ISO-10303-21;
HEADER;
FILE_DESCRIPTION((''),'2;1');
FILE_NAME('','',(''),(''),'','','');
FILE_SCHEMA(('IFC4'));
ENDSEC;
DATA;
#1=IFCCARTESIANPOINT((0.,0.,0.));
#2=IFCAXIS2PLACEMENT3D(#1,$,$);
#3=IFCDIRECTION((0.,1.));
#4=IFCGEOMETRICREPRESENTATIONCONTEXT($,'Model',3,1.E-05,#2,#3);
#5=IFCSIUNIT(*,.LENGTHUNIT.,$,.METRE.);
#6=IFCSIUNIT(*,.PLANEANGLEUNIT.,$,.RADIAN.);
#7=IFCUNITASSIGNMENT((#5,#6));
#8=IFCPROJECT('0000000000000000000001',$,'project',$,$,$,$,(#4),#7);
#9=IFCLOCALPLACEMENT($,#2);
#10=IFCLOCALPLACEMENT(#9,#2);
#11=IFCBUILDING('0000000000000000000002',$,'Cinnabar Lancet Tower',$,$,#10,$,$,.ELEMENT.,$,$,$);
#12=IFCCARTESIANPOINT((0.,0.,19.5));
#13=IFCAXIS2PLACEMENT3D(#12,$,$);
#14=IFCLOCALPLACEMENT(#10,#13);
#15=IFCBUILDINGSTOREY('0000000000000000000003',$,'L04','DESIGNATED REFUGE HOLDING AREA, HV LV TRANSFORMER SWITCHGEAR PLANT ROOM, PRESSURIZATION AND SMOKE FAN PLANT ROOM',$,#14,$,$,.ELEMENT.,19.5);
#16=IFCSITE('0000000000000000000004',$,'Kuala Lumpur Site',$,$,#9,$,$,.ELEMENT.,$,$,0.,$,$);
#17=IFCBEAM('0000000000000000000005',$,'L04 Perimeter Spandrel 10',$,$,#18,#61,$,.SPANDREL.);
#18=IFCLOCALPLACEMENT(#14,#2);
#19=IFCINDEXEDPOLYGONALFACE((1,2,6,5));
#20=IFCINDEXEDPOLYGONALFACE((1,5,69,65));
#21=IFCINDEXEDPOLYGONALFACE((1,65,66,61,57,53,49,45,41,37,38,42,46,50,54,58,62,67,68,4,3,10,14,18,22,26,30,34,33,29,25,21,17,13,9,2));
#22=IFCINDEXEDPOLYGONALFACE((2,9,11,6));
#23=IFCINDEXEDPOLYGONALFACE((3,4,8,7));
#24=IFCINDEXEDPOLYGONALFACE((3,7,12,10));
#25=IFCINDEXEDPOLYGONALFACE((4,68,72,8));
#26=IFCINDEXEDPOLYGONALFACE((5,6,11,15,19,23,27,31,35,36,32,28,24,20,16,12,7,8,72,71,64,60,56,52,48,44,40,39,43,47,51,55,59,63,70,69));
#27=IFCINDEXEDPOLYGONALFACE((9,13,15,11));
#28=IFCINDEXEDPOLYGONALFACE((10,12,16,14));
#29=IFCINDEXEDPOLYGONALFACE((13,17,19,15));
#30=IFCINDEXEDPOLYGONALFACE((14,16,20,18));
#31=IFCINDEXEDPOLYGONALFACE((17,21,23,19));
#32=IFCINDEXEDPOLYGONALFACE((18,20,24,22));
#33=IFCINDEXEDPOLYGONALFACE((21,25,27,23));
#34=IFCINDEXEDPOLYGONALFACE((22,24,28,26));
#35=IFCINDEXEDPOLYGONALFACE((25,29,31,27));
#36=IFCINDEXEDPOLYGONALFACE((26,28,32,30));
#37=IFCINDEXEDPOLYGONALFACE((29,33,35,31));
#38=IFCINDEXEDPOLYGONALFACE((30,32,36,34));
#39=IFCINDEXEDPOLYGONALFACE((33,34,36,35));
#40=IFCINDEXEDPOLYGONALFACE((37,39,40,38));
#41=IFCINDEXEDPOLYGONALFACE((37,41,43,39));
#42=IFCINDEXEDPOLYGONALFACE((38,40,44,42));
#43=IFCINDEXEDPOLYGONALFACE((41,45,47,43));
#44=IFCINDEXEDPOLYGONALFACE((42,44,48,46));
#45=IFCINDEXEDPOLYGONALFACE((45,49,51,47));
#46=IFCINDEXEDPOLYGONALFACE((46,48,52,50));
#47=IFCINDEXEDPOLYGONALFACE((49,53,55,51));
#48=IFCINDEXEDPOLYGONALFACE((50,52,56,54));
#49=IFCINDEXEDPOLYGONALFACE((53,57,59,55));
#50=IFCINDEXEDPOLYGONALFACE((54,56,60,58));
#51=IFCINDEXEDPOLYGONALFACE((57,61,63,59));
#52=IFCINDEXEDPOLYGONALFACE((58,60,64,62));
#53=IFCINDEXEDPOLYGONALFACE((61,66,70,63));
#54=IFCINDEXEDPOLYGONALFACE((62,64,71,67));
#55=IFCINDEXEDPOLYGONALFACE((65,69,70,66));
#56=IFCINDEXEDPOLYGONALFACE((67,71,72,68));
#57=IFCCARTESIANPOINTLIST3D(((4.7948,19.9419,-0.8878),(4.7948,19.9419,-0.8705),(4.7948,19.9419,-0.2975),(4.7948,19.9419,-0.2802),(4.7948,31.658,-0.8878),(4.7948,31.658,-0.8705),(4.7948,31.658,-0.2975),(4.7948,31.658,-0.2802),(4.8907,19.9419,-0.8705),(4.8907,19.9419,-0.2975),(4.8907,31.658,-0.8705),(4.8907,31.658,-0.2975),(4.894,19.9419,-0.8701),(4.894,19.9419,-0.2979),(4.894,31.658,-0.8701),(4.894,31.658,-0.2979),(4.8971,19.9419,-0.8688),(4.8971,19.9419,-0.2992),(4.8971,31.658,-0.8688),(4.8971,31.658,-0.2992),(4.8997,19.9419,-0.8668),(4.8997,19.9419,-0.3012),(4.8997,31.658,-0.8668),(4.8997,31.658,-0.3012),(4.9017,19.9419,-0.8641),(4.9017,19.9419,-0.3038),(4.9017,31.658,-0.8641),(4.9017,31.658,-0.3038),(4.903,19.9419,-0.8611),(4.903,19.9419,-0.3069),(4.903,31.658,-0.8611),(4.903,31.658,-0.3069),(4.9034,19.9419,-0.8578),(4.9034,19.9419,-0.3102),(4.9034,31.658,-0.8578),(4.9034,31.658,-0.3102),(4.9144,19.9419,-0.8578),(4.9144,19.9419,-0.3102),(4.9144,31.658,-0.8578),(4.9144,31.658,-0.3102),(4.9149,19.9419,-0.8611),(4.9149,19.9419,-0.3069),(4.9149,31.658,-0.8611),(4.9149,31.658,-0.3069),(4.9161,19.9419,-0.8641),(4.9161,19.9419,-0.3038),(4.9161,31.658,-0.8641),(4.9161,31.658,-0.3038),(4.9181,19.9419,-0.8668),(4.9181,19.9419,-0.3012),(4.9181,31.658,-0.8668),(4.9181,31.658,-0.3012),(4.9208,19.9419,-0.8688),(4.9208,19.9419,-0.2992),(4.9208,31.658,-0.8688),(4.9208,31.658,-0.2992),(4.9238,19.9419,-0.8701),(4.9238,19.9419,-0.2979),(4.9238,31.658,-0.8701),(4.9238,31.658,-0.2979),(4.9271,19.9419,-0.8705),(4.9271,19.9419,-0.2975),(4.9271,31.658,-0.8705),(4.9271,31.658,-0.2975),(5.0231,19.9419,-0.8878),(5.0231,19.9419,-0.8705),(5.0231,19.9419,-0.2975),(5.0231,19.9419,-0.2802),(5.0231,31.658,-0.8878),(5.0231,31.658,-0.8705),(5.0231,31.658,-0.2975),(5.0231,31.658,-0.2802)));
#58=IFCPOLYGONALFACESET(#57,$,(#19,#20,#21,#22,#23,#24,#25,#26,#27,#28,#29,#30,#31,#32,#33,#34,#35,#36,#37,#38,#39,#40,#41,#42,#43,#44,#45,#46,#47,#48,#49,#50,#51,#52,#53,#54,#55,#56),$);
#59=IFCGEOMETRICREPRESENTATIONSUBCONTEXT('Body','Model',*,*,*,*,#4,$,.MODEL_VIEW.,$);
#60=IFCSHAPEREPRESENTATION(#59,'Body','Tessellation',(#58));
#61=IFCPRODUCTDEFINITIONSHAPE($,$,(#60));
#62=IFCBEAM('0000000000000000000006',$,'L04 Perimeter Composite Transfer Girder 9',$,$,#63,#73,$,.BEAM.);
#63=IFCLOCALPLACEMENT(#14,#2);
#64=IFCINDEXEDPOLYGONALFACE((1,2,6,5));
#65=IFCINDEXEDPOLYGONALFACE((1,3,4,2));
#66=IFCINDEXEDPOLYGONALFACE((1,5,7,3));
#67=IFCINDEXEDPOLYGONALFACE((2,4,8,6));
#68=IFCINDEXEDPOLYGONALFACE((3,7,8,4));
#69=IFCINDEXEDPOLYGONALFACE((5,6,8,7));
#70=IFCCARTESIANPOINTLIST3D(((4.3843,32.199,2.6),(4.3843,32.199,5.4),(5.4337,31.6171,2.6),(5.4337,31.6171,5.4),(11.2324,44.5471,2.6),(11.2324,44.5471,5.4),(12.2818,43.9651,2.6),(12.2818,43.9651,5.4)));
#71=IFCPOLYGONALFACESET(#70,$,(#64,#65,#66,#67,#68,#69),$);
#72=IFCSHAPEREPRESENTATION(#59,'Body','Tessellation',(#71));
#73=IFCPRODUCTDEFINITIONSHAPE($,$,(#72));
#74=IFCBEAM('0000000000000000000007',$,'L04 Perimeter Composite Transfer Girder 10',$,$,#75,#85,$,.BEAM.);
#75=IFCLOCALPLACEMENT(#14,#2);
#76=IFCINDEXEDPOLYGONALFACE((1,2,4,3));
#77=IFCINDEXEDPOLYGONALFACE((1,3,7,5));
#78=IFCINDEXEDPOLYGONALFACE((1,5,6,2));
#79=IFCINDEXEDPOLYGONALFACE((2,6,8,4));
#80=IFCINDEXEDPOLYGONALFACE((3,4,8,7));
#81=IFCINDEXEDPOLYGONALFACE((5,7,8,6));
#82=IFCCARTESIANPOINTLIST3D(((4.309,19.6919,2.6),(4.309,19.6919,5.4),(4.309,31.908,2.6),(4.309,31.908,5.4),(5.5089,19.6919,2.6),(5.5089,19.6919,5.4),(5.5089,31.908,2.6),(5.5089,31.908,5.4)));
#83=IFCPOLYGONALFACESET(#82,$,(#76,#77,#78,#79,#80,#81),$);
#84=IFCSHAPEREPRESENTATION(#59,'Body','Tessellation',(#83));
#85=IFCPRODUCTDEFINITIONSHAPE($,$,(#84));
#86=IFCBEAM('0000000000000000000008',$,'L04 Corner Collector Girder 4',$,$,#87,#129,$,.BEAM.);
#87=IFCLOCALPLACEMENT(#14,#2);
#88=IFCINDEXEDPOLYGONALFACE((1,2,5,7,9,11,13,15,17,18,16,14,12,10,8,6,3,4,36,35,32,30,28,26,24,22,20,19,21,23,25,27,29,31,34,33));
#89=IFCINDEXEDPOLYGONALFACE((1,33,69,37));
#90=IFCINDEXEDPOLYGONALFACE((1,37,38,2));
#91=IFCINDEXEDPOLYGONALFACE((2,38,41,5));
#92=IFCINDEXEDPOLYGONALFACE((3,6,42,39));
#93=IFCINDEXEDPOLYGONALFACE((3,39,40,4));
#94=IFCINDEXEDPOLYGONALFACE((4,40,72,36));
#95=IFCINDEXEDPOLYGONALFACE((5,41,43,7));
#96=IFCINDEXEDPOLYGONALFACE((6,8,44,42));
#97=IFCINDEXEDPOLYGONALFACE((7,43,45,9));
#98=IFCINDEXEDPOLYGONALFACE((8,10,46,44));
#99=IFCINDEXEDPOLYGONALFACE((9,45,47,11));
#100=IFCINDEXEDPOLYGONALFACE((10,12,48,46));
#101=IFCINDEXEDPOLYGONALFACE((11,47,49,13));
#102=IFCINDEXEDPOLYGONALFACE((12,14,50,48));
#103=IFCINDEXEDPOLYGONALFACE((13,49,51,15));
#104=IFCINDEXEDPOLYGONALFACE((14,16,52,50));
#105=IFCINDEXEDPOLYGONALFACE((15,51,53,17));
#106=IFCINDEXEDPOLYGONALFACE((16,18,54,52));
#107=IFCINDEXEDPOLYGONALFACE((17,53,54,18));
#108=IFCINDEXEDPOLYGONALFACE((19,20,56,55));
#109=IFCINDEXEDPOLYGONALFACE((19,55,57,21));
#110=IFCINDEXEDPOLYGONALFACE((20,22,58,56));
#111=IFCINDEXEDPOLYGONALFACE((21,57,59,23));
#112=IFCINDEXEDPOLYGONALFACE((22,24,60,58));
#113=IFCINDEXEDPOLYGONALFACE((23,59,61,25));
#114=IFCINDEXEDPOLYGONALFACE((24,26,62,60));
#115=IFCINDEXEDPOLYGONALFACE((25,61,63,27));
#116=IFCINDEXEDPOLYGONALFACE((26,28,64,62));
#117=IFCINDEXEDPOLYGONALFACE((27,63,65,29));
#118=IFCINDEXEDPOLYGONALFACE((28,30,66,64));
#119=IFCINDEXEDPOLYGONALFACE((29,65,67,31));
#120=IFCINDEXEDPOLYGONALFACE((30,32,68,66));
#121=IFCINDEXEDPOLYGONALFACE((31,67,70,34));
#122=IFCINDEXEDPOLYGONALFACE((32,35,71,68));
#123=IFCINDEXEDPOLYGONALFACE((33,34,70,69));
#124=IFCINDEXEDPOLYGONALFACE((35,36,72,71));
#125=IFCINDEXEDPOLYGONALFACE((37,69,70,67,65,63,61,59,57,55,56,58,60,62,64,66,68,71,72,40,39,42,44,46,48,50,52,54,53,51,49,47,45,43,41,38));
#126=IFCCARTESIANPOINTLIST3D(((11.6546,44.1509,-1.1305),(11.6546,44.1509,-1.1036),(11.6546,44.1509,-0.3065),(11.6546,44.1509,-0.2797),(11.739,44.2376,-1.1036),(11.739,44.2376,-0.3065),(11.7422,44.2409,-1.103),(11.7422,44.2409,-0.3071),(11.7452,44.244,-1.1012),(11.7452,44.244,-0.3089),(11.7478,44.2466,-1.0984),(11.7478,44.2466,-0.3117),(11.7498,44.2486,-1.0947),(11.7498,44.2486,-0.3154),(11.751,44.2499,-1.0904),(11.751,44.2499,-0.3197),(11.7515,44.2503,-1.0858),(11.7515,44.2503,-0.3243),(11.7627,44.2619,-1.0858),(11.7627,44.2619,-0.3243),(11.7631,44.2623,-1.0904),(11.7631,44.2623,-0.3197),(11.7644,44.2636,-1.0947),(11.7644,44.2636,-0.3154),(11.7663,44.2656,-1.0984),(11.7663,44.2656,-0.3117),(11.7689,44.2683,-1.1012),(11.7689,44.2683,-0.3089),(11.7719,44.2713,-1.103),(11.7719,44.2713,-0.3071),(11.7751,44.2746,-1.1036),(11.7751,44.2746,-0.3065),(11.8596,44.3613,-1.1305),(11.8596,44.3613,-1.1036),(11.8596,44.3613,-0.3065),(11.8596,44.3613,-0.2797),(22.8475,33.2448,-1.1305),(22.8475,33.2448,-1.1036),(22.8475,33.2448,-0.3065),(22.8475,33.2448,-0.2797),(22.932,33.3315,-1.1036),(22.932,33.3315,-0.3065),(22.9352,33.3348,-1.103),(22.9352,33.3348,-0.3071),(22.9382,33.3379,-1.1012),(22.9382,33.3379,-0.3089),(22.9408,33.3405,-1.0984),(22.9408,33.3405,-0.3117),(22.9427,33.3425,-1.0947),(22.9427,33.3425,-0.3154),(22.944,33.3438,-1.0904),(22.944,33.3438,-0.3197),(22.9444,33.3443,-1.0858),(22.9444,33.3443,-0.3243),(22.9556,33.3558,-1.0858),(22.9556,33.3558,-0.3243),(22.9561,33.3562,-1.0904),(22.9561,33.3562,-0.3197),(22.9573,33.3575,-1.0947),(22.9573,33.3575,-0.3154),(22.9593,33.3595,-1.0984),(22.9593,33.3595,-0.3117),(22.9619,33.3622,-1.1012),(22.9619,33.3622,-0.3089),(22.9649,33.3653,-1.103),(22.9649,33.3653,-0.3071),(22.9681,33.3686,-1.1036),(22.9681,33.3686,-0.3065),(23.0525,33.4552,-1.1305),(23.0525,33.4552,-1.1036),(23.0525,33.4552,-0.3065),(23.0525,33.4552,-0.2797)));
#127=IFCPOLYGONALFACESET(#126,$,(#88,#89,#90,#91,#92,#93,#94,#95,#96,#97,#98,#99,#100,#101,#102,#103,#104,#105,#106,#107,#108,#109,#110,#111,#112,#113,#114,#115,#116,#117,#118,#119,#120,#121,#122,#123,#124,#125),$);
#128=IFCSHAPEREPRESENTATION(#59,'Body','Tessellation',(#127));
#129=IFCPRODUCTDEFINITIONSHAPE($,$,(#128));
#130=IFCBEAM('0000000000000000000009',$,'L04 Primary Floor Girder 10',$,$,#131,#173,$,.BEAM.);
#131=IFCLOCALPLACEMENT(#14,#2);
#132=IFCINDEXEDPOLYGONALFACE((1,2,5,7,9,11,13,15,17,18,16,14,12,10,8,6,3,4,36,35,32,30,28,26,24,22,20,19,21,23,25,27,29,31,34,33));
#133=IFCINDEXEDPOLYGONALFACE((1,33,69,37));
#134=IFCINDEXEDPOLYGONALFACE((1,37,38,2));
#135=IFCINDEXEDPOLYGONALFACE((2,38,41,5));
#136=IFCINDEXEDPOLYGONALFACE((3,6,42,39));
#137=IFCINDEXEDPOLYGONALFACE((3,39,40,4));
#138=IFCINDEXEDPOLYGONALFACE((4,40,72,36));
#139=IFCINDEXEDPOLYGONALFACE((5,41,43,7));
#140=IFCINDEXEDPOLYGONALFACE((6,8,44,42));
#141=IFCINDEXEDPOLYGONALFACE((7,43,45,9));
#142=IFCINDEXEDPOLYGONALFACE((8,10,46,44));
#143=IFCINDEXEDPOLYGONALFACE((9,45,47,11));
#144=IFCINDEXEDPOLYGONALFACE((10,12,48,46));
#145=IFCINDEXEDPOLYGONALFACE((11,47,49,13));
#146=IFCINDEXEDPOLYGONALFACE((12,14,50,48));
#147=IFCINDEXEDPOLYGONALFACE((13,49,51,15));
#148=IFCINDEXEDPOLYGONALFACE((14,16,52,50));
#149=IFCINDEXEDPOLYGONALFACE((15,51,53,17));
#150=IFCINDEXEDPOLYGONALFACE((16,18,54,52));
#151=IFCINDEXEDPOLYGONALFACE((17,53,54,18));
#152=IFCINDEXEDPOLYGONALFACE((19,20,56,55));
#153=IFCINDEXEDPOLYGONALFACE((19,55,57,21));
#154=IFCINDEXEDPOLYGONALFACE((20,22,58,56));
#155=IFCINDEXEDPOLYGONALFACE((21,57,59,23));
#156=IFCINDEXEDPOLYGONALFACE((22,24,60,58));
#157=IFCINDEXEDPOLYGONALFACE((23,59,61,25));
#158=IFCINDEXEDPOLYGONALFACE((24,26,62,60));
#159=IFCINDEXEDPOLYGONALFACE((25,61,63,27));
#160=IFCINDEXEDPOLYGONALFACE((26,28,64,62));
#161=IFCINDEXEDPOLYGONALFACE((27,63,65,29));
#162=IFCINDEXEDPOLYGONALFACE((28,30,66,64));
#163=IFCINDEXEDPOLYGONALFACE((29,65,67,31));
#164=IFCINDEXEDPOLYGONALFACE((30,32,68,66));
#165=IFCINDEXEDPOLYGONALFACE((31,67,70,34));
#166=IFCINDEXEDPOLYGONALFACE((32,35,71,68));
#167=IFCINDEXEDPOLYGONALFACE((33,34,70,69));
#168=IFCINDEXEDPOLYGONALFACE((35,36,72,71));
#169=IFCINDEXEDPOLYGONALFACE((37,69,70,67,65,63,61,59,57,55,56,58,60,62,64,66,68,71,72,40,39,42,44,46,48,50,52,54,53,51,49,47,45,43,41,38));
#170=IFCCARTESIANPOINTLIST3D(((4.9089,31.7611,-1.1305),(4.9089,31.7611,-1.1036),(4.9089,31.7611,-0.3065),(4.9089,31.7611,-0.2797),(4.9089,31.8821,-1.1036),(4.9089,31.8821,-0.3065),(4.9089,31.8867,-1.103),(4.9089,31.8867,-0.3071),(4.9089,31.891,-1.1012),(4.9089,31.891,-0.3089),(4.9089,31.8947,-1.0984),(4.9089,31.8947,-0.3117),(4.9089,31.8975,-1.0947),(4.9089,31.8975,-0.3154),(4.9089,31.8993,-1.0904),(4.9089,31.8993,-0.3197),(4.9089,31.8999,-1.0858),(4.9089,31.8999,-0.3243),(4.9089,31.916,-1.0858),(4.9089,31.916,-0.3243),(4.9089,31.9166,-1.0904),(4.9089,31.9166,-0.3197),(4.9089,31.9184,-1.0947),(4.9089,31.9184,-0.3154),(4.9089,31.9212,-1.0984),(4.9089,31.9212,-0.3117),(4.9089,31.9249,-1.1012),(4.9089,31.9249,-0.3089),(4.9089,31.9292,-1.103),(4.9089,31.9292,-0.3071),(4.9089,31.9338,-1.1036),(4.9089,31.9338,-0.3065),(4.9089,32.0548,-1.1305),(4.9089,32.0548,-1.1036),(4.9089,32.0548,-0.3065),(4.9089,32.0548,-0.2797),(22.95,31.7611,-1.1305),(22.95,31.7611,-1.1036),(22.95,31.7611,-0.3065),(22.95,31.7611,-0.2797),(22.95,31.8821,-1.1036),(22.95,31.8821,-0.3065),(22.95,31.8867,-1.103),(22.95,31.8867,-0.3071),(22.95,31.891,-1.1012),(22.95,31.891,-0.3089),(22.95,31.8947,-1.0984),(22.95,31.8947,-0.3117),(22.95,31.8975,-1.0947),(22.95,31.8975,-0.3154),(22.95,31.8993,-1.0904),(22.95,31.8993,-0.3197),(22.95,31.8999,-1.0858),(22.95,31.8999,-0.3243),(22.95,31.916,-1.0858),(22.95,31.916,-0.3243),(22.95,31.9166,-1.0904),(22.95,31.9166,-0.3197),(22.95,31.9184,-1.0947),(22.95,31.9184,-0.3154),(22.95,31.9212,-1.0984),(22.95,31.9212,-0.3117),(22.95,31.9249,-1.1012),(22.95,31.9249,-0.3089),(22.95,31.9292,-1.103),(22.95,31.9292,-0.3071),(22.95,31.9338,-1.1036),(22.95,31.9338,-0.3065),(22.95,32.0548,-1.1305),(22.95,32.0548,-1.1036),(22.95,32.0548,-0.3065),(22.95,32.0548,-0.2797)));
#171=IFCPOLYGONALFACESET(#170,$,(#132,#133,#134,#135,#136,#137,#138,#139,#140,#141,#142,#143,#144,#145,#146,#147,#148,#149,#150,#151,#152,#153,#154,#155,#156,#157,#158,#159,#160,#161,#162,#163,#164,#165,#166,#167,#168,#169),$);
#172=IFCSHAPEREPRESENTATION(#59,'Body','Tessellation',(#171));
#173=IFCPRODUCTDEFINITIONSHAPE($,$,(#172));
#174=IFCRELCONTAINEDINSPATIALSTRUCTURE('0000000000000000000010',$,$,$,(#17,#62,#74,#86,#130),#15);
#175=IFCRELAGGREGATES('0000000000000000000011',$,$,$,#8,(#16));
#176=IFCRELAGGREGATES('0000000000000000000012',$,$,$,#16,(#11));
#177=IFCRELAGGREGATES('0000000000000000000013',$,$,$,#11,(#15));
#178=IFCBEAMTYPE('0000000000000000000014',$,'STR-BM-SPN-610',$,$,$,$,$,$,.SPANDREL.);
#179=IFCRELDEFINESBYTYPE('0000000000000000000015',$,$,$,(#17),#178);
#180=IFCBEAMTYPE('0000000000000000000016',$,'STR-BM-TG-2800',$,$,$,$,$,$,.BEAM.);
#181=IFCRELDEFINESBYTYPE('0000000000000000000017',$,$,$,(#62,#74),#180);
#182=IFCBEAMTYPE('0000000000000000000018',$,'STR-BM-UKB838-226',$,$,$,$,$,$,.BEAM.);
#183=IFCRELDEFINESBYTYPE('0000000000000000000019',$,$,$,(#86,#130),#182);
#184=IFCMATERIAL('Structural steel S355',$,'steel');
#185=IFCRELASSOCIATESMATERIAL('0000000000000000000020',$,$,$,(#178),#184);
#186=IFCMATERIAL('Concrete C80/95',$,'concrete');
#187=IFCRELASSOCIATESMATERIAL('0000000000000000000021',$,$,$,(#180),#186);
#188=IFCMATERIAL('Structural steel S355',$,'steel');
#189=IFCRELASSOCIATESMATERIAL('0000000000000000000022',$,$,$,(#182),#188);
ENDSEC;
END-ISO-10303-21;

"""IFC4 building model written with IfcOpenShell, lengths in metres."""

from ifc_helpers import new_model, si_unit, direction, frame, origin, origin_2d, place, context, subcontext, project, spatial, rectangle, i_section, extrude, material, material_profile, profile_set, type_object, element, save


model = new_model("IFC4")

# Units and contexts
model_context = context("Model", 3, precision=1e-05, world=origin(), true_north=direction((0.0, 1.0)))
body_context = subcontext(model_context, "Body", "Model", "MODEL_VIEW")
ifc_project = project(units=[si_unit("LENGTHUNIT", "METRE"), si_unit("PLANEANGLEUNIT", "RADIAN")], contexts=[model_context])

# Site, building, storey
site_placement = place(None, origin())
site = spatial("IfcSite", under=ifc_project, at=site_placement, Name="Kuala Lumpur Site", CompositionType="ELEMENT", RefElevation=0.0)
building_placement = place(site_placement, origin())
building = spatial("IfcBuilding", under=site, at=building_placement, Name="Cinnabar Lancet Tower", CompositionType="ELEMENT")
storey_placement = place(building_placement, frame((0.0, 0.0, 19.5)))
storey = spatial("IfcBuildingStorey", under=building, at=storey_placement, Name="L04", Description="DESIGNATED REFUGE HOLDING AREA, HV LV TRANSFORMER SWITCHGEAR PLANT ROOM, PRESSURIZATION AND SMOKE FAN PLANT ROOM", CompositionType="ELEMENT", Elevation=19.5)

# Beams
ifc_material_1 = material(Name="Structural steel S355", Category="steel")
ifc_material_profile_1 = material_profile(ifc_material_1, i_section(OverallWidth=0.2283, OverallDepth=0.6077, WebThickness=0.011, FlangeThickness=0.0173, FilletRadius=0.0127, at=origin_2d()), Name="UKB 610x229x113")
ifc_profile_set_1 = profile_set([ifc_material_profile_1], Name="Structural steel S355")
beam_type_1 = type_object("IfcBeamType", Name="STR-BM-SPN-610", PredefinedType="SPANDREL", material=ifc_profile_set_1)
beam_1_placement = place(storey_placement, frame((4.9089, 31.658, -0.584), z_axis=(0.0, -1.0, 0.0), x_axis=(1.0, 0.0, 0.0)))
element("IfcBeam", 1, at=beam_1_placement, inside=storey, type_object=beam_type_1, Name="L04 Perimeter Spandrel 10", PredefinedType="SPANDREL", context=body_context, shape_type="SweptSolid", body=[
    extrude(i_section(OverallWidth=0.2283, OverallDepth=0.6077, WebThickness=0.011, FlangeThickness=0.0173, FilletRadius=0.0127, at=origin_2d()), origin(), (0.0, 0.0, 1.0), 11.7161),
])
ifc_material_2 = material(Name="Concrete C80/95", Category="concrete")
ifc_material_profile_2 = material_profile(ifc_material_2, rectangle(XDim=1.2, YDim=2.8, at=origin_2d()), Name="RC-TG 1200x2800")
ifc_profile_set_2 = profile_set([ifc_material_profile_2], Name="Concrete C80/95")
beam_type_2 = type_object("IfcBeamType", Name="STR-BM-TG-2800", PredefinedType="BEAM", material=ifc_profile_set_2)
beam_2_placement = place(storey_placement, frame((11.7571, 44.2561, 4.0), z_axis=(-0.484997, -0.874516, 0.0), x_axis=(0.874516, -0.484997, 0.0)))
element("IfcBeam", 2, at=beam_2_placement, inside=storey, type_object=beam_type_2, Name="L04 Perimeter Composite Transfer Girder 9", PredefinedType="BEAM", context=body_context, shape_type="SweptSolid", body=[
    extrude(rectangle(XDim=1.2, YDim=2.8, at=origin_2d()), origin(), (0.0, 0.0, 1.0), 14.1199),
])
beam_3_placement = place(storey_placement, frame((4.9089, 31.908, 4.0), z_axis=(0.0, -1.0, 0.0), x_axis=(1.0, 0.0, 0.0)))
element("IfcBeam", 3, at=beam_3_placement, inside=storey, type_object=beam_type_2, Name="L04 Perimeter Composite Transfer Girder 10", PredefinedType="BEAM", context=body_context, shape_type="SweptSolid", body=[
    extrude(rectangle(XDim=1.2, YDim=2.8, at=origin_2d()), origin(), (0.0, 0.0, 1.0), 12.2161),
])
ifc_material_3 = material(Name="Structural steel S355", Category="steel")
ifc_material_profile_3 = material_profile(ifc_material_3, i_section(OverallWidth=0.2937, OverallDepth=0.8508, WebThickness=0.0161, FlangeThickness=0.0269, FilletRadius=0.0178, at=origin_2d()), Name="UKB 838x292x226")
ifc_profile_set_3 = profile_set([ifc_material_profile_3], Name="Structural steel S355")
beam_type_3 = type_object("IfcBeamType", Name="STR-BM-UKB838-226", PredefinedType="BEAM", material=ifc_profile_set_3)
beam_4_placement = place(storey_placement, frame((11.7571, 44.2561, -0.7051), z_axis=(0.716225, -0.697869, 0.0), x_axis=(0.697869, 0.716225, 0.0)))
element("IfcBeam", 4, at=beam_4_placement, inside=storey, type_object=beam_type_3, Name="L04 Corner Collector Girder 4", PredefinedType="BEAM", context=body_context, shape_type="SweptSolid", body=[
    extrude(i_section(OverallWidth=0.2937, OverallDepth=0.8508, WebThickness=0.0161, FlangeThickness=0.0269, FilletRadius=0.0178, at=origin_2d()), origin(), (0.0, 0.0, 1.0), 15.6277),
])
beam_5_placement = place(storey_placement, frame((4.9089, 31.908, -0.7051), z_axis=(1.0, 0.0, 0.0), x_axis=(0.0, 1.0, 0.0)))
element("IfcBeam", 5, at=beam_5_placement, inside=storey, type_object=beam_type_3, Name="L04 Primary Floor Girder 10", PredefinedType="BEAM", context=body_context, shape_type="SweptSolid", body=[
    extrude(i_section(OverallWidth=0.2937, OverallDepth=0.8508, WebThickness=0.0161, FlangeThickness=0.0269, FilletRadius=0.0178, at=origin_2d()), origin(), (0.0, 0.0, 1.0), 18.041),
])

save(model, "model.ifc")
